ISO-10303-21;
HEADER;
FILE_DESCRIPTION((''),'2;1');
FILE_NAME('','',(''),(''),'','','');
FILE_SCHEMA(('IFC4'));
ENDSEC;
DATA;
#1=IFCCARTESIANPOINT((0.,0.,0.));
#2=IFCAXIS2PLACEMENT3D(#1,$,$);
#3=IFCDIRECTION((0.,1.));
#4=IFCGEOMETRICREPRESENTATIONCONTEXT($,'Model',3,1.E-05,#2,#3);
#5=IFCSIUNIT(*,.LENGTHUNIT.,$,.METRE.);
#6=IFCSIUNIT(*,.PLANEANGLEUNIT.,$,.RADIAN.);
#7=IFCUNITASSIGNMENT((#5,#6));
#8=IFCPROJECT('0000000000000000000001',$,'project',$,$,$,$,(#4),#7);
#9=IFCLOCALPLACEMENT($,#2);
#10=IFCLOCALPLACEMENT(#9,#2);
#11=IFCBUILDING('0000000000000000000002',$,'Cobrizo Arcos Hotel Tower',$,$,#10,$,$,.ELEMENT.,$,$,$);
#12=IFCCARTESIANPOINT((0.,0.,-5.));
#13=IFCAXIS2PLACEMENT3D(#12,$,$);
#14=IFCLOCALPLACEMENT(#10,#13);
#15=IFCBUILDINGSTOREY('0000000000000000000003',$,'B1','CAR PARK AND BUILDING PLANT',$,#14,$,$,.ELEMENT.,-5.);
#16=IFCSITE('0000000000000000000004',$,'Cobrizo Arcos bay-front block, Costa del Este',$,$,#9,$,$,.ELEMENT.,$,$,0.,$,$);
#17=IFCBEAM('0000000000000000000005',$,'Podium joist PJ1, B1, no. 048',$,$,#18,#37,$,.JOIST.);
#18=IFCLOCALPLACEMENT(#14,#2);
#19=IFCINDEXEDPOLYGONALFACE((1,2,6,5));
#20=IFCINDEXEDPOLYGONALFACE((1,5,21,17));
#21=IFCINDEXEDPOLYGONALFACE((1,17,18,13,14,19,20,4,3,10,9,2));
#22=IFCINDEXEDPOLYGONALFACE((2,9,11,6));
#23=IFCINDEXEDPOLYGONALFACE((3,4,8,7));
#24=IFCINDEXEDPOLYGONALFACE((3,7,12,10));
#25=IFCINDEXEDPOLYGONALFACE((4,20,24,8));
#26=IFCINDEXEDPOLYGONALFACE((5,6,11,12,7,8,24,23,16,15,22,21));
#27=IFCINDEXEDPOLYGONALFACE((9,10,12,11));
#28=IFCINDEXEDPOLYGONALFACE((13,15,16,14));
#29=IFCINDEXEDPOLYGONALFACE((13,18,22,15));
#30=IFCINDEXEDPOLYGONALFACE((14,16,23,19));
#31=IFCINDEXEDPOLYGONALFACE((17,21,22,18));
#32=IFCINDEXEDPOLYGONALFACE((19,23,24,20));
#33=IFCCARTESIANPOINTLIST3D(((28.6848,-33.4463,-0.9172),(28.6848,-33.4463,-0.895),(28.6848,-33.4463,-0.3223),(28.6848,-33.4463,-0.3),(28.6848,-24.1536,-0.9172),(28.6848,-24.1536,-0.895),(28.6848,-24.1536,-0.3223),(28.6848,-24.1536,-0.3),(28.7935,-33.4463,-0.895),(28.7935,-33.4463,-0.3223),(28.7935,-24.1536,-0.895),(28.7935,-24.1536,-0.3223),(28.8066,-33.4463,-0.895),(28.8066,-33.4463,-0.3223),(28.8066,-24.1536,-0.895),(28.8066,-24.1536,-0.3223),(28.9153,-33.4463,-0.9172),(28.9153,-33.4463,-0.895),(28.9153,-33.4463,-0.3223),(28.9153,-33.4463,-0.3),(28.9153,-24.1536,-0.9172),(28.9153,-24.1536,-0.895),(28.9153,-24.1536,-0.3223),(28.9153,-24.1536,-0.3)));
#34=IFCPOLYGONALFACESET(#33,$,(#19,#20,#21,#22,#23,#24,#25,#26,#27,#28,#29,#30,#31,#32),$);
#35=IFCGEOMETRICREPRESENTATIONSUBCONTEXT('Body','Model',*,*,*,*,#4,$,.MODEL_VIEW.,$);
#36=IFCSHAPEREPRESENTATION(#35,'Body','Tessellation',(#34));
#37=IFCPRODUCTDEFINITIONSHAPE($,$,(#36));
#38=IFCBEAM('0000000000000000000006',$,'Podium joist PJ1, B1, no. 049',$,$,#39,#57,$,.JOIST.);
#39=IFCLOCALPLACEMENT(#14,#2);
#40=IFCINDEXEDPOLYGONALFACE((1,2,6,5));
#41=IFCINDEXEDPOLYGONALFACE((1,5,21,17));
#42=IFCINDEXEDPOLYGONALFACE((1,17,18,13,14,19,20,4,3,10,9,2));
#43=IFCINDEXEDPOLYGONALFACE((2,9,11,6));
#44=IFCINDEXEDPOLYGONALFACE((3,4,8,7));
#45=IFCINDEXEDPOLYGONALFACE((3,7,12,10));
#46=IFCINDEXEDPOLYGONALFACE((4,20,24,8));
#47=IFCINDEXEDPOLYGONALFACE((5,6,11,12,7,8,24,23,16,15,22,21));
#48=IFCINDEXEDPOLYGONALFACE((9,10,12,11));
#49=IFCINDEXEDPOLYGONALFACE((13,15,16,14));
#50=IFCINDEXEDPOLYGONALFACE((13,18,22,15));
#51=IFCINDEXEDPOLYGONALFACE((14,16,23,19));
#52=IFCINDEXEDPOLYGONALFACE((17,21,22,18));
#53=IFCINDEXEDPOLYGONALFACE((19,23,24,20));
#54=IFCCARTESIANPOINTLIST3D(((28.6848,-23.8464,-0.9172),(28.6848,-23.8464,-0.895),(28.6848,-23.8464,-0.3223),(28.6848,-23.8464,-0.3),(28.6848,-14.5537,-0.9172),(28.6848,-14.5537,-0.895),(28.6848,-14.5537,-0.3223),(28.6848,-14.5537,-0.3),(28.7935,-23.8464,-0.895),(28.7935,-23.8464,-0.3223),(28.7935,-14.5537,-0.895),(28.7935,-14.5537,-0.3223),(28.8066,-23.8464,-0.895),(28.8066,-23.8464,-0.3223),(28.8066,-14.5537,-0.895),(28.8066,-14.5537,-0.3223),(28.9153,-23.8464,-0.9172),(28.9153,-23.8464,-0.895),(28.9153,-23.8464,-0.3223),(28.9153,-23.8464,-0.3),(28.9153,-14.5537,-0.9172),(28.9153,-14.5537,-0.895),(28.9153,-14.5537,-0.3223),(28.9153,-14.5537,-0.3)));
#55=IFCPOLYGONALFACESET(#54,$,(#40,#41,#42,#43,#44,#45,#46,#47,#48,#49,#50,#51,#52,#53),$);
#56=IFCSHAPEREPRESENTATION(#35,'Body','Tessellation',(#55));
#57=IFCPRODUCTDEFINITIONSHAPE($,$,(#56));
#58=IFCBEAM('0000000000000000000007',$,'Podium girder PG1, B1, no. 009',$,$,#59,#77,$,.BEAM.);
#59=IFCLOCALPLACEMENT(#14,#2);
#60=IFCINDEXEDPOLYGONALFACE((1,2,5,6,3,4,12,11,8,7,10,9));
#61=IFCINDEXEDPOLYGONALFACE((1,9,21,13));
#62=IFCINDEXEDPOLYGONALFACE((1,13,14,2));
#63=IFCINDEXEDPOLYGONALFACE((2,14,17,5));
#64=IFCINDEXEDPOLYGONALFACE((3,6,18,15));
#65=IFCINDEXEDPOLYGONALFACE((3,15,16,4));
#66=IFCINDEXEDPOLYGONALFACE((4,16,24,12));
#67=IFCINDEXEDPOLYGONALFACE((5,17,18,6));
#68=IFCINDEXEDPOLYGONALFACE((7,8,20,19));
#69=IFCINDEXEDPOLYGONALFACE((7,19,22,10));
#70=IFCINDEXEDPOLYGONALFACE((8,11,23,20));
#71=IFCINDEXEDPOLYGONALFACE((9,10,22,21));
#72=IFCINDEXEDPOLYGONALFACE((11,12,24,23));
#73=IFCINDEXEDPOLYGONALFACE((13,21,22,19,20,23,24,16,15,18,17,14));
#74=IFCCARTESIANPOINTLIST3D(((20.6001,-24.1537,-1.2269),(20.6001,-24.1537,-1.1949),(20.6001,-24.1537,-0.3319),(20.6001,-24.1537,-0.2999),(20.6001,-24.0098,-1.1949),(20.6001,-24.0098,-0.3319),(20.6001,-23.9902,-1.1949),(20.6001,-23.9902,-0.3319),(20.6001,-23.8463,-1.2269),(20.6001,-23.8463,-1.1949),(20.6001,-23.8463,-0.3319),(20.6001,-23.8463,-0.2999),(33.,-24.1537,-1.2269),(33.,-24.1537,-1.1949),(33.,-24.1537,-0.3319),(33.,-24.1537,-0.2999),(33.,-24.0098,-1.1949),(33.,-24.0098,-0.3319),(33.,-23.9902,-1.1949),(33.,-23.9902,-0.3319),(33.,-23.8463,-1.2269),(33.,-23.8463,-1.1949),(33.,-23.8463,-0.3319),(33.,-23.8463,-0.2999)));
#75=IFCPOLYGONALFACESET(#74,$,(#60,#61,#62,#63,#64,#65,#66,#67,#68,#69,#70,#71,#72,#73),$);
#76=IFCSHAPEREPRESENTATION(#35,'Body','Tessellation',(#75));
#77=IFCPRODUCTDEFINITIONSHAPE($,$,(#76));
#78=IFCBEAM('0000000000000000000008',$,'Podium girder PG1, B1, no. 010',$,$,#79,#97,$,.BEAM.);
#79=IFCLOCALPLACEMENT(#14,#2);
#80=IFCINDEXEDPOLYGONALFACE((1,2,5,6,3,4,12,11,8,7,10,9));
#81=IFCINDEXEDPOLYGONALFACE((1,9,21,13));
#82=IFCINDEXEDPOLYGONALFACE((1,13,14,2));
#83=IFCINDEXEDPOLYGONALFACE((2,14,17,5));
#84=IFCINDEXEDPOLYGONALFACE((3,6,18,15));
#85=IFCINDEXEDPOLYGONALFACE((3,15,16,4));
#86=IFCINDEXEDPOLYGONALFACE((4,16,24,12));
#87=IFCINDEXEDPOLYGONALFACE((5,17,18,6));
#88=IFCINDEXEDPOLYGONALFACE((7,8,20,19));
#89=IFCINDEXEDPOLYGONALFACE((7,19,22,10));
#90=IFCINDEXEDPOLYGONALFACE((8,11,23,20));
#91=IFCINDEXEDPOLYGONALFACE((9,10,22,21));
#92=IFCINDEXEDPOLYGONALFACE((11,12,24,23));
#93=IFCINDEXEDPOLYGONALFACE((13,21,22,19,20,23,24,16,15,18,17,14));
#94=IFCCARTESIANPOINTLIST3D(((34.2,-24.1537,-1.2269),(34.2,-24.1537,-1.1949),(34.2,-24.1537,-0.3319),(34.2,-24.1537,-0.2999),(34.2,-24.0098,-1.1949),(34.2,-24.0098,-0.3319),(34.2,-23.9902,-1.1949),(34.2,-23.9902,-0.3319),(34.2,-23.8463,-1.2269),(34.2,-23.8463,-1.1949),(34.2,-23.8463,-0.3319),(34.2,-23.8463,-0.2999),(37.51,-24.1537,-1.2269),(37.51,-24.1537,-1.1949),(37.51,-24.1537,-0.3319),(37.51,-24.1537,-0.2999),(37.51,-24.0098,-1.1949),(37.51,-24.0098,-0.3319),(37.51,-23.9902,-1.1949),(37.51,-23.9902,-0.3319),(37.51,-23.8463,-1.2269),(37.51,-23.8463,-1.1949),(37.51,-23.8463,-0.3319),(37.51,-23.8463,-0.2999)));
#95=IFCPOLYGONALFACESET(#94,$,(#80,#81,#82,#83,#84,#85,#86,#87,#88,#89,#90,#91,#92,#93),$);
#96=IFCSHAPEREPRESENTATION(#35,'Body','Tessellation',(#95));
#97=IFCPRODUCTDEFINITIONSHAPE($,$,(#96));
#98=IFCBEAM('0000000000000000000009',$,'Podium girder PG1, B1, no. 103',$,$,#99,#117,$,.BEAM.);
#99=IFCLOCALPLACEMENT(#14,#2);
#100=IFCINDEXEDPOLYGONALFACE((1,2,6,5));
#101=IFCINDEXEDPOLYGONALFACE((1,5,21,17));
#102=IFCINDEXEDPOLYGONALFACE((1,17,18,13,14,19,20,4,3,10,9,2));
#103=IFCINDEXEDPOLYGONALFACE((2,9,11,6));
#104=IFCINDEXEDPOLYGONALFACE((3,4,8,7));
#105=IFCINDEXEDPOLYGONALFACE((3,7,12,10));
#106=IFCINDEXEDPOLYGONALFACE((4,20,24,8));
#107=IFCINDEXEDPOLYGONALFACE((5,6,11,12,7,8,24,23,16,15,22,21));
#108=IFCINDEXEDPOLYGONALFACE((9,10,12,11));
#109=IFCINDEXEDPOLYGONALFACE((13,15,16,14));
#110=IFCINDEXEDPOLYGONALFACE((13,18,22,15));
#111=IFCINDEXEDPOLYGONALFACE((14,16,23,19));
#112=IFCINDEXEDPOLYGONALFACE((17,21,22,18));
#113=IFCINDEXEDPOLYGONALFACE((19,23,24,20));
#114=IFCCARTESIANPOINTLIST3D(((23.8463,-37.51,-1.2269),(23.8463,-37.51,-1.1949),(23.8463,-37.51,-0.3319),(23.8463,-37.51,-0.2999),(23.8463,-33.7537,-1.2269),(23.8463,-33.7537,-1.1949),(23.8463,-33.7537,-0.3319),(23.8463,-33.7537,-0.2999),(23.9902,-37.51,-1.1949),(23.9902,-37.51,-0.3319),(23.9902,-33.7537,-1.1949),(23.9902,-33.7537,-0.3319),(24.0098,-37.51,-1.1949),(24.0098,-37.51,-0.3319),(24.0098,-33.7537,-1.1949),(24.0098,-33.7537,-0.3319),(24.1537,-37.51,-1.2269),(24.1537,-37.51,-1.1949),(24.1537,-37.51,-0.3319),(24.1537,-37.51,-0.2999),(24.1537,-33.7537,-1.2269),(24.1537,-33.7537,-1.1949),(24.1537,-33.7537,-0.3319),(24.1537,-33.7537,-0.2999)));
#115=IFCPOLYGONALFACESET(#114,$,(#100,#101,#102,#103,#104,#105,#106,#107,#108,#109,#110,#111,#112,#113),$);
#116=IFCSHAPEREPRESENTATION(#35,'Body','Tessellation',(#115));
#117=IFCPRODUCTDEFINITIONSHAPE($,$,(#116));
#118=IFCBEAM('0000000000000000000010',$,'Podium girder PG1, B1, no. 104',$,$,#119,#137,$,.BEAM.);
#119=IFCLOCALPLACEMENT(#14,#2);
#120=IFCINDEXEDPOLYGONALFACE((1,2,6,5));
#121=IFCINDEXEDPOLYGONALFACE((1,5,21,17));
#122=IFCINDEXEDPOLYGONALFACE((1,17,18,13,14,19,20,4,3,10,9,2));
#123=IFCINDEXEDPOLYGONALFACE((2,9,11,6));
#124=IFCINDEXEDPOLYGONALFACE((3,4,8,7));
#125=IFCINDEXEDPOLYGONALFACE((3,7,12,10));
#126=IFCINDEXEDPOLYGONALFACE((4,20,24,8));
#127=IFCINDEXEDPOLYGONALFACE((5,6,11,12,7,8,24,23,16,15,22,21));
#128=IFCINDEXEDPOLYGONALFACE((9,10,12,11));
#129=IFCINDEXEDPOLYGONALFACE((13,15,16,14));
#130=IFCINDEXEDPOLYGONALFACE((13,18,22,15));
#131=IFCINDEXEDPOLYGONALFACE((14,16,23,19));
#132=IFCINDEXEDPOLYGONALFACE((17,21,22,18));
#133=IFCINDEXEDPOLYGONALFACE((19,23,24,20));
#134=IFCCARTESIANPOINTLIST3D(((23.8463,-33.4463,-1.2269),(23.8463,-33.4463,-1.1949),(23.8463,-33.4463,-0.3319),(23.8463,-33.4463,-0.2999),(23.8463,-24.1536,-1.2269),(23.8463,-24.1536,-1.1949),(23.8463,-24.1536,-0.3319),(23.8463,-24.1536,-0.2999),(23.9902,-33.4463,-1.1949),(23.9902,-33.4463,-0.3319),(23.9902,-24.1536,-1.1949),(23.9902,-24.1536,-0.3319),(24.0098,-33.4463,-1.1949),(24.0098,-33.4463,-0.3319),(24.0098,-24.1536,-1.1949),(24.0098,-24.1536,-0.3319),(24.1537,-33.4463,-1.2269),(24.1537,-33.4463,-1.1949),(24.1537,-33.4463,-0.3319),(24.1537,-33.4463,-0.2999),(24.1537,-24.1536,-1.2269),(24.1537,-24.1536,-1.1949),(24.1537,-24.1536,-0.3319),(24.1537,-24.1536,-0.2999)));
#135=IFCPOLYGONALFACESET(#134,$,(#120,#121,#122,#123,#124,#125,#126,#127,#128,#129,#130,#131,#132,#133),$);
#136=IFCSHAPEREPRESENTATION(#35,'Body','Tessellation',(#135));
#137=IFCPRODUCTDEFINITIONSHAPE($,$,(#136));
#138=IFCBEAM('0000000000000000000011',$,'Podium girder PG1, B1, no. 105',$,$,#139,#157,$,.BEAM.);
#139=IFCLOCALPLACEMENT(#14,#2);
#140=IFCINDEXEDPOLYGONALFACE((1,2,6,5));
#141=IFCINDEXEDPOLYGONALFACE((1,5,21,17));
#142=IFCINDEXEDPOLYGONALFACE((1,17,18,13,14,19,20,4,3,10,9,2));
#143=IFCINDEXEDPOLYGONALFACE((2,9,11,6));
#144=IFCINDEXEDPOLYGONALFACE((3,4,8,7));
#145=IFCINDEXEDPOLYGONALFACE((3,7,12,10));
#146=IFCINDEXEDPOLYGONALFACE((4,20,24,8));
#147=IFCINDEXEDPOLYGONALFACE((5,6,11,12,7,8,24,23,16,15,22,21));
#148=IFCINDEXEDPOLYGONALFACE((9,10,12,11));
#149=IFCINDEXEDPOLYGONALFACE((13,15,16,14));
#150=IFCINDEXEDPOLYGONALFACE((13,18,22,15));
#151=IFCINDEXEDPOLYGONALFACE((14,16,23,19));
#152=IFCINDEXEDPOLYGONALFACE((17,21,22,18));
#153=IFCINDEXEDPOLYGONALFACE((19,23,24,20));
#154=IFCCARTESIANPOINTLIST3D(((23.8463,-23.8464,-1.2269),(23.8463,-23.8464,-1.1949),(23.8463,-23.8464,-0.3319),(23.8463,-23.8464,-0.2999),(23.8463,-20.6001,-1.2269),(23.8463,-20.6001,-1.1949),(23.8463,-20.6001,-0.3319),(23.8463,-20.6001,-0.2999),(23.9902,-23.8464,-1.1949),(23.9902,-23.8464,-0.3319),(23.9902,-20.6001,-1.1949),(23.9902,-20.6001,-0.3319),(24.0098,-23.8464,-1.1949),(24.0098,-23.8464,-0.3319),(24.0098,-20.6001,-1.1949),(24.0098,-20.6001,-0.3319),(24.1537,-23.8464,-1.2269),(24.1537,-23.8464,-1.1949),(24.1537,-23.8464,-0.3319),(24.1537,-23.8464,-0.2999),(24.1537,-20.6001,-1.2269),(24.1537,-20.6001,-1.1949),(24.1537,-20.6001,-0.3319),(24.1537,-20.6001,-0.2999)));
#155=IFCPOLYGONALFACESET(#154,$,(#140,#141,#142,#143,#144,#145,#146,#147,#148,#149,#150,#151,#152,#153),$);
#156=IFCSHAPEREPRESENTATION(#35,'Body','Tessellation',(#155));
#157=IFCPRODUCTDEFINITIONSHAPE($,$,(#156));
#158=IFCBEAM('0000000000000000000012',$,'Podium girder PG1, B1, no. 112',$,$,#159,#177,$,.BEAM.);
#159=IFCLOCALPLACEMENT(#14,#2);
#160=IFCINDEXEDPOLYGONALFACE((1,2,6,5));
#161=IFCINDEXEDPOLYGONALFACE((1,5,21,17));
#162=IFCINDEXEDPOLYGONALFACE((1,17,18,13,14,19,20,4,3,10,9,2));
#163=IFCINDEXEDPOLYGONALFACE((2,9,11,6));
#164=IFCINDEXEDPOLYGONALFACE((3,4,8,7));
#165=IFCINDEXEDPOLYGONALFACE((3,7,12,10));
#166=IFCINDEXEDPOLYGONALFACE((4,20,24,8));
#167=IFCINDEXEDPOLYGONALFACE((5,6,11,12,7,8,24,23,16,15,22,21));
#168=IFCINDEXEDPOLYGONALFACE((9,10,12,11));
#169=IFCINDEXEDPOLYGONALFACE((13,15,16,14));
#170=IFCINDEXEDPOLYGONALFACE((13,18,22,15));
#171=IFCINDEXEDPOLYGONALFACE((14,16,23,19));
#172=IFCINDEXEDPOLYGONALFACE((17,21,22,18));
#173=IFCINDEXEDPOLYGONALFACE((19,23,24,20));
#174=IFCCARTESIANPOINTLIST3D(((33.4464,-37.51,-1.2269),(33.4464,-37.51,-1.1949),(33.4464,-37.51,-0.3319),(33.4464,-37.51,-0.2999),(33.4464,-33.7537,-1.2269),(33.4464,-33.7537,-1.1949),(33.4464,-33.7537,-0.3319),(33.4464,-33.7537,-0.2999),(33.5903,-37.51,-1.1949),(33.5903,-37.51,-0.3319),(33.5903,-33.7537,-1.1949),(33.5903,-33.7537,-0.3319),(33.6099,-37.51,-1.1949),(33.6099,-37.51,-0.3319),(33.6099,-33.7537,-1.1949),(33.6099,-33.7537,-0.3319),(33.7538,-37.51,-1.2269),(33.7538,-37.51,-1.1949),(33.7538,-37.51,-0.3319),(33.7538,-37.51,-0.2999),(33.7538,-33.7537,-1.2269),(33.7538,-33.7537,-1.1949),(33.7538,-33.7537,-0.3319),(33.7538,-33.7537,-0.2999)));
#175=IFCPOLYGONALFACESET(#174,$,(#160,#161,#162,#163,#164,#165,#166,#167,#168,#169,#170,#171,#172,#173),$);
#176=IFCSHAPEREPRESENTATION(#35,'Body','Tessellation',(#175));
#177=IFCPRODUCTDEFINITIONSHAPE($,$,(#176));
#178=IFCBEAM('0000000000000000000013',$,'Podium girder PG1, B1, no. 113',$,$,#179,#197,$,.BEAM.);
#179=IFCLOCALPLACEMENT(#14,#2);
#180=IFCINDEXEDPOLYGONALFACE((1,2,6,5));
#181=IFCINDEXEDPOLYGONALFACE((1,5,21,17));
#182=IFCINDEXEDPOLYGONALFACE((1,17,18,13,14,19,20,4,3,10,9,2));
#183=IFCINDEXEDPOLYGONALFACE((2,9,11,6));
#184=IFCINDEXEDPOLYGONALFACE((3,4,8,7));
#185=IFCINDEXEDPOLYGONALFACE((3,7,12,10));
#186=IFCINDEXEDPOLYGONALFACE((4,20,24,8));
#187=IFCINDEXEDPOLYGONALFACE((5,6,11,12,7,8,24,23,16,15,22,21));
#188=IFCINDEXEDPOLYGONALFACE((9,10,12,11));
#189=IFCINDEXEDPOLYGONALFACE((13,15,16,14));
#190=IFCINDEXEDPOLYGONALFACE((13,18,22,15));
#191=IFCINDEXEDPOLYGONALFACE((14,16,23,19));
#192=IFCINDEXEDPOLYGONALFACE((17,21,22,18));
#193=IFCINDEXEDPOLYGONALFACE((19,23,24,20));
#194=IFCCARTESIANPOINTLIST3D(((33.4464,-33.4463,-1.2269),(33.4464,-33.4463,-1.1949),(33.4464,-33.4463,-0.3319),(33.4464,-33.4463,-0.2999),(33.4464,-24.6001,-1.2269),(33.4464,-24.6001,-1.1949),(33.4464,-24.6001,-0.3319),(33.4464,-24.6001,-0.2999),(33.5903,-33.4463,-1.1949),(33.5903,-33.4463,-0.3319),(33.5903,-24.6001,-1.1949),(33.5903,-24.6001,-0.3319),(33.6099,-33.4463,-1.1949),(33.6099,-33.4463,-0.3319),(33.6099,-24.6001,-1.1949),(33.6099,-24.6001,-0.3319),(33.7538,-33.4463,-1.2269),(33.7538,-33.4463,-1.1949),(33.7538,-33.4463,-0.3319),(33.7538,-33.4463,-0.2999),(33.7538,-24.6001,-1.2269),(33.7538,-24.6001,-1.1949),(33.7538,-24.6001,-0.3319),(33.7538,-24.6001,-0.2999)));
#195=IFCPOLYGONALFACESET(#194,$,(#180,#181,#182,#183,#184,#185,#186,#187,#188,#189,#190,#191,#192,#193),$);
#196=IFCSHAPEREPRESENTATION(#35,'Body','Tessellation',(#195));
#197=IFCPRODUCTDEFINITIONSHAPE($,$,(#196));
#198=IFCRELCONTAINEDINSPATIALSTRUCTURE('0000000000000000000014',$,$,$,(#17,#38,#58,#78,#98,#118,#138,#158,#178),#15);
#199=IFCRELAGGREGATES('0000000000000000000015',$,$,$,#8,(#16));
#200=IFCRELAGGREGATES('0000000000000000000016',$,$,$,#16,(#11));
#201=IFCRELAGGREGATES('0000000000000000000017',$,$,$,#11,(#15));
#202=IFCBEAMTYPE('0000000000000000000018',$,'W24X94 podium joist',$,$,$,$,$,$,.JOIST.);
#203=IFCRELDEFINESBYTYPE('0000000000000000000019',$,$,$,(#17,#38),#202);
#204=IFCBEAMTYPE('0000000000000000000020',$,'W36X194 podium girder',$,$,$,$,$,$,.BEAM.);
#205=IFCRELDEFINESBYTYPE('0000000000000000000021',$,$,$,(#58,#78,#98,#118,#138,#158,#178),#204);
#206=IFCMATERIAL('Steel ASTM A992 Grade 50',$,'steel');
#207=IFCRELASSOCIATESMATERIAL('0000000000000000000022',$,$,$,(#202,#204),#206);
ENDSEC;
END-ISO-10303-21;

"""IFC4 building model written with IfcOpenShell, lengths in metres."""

from ifc_helpers import new_model, si_unit, direction, frame, origin, origin_2d, place, context, subcontext, project, spatial, i_section, extrude, material, material_profile, profile_set, type_object, element, save


model = new_model("IFC4")

# Units and contexts
model_context = context("Model", 3, precision=1e-05, world=origin(), true_north=direction((0.0, 1.0)))
body_context = subcontext(model_context, "Body", "Model", "MODEL_VIEW")
ifc_project = project(units=[si_unit("LENGTHUNIT", "METRE"), si_unit("PLANEANGLEUNIT", "RADIAN")], contexts=[model_context])

# Site, building, storey
site_placement = place(None, origin())
site = spatial("IfcSite", under=ifc_project, at=site_placement, Name="Cobrizo Arcos bay-front block, Costa del Este", CompositionType="ELEMENT", RefElevation=0.0)
building_placement = place(site_placement, origin())
building = spatial("IfcBuilding", under=site, at=building_placement, Name="Cobrizo Arcos Hotel Tower", CompositionType="ELEMENT")
storey_placement = place(building_placement, frame((0.0, 0.0, -5.0)))
storey = spatial("IfcBuildingStorey", under=building, at=storey_placement, Name="B1", Description="CAR PARK AND BUILDING PLANT", CompositionType="ELEMENT", Elevation=-5.0)

# Beams
ifc_material_1 = material(Name="Steel ASTM A992 Grade 50", Category="steel")
ifc_material_profile_1 = material_profile(ifc_material_1, i_section(OverallWidth=0.2305, OverallDepth=0.6172, WebThickness=0.0132, FlangeThickness=0.0222, at=origin_2d()), Name="W24X94")
ifc_profile_set_1 = profile_set([ifc_material_profile_1], Name="Steel ASTM A992 Grade 50")
beam_type_1 = type_object("IfcBeamType", Name="W24X94 podium joist", PredefinedType="JOIST", material=ifc_profile_set_1)
for number, where, z_axis, x_axis, name in (
    (1, (28.8, -33.4463, -0.6086), (0.0, 1.0, 0.0), (-1.0, 0.0, 0.0), "Podium joist PJ1, B1, no. 048"),
    (2, (28.8, -23.8464, -0.6086), (0.0, 1.0, 0.0), (-1.0, 0.0, 0.0), "Podium joist PJ1, B1, no. 049"),
):
    element("IfcBeam", number, at=place(storey_placement, frame(where, z_axis=z_axis, x_axis=x_axis)), inside=storey, type_object=beam_type_1, Name=name, PredefinedType="JOIST", context=body_context, shape_type="SweptSolid", body=[
        extrude(i_section(OverallWidth=0.2305, OverallDepth=0.6172, WebThickness=0.0132, FlangeThickness=0.0222, at=origin_2d()), origin(), (0.0, 0.0, 1.0), 9.2927),
    ])
ifc_material_profile_2 = material_profile(ifc_material_1, i_section(OverallWidth=0.3074, OverallDepth=0.927, WebThickness=0.0195, FlangeThickness=0.032, at=origin_2d()), Name="W36X194")
ifc_profile_set_2 = profile_set([ifc_material_profile_2], Name="Steel ASTM A992 Grade 50")
beam_type_2 = type_object("IfcBeamType", Name="W36X194 podium girder", PredefinedType="BEAM", material=ifc_profile_set_2)
beam_1_placement = place(storey_placement, frame((20.6001, -24.0, -0.7634), z_axis=(1.0, 0.0, 0.0), x_axis=(0.0, 1.0, 0.0)))
element("IfcBeam", 3, at=beam_1_placement, inside=storey, type_object=beam_type_2, Name="Podium girder PG1, B1, no. 009", PredefinedType="BEAM", context=body_context, shape_type="SweptSolid", body=[
    extrude(i_section(OverallWidth=0.3074, OverallDepth=0.927, WebThickness=0.0195, FlangeThickness=0.032, at=origin_2d()), origin(), (0.0, 0.0, 1.0), 12.3999),
])
beam_2_placement = place(storey_placement, frame((34.2, -24.0, -0.7634), z_axis=(1.0, 0.0, 0.0), x_axis=(0.0, 1.0, 0.0)))
element("IfcBeam", 4, at=beam_2_placement, inside=storey, type_object=beam_type_2, Name="Podium girder PG1, B1, no. 010", PredefinedType="BEAM", context=body_context, shape_type="SweptSolid", body=[
    extrude(i_section(OverallWidth=0.3074, OverallDepth=0.927, WebThickness=0.0195, FlangeThickness=0.032, at=origin_2d()), origin(), (0.0, 0.0, 1.0), 3.3101),
])
beam_3_placement = place(storey_placement, frame((24.0, -37.51, -0.7634), z_axis=(0.0, 1.0, 0.0), x_axis=(-1.0, 0.0, 0.0)))
element("IfcBeam", 5, at=beam_3_placement, inside=storey, type_object=beam_type_2, Name="Podium girder PG1, B1, no. 103", PredefinedType="BEAM", context=body_context, shape_type="SweptSolid", body=[
    extrude(i_section(OverallWidth=0.3074, OverallDepth=0.927, WebThickness=0.0195, FlangeThickness=0.032, at=origin_2d()), origin(), (0.0, 0.0, 1.0), 3.7563),
])
beam_4_placement = place(storey_placement, frame((24.0, -33.4463, -0.7634), z_axis=(0.0, 1.0, 0.0), x_axis=(-1.0, 0.0, 0.0)))
element("IfcBeam", 6, at=beam_4_placement, inside=storey, type_object=beam_type_2, Name="Podium girder PG1, B1, no. 104", PredefinedType="BEAM", context=body_context, shape_type="SweptSolid", body=[
    extrude(i_section(OverallWidth=0.3074, OverallDepth=0.927, WebThickness=0.0195, FlangeThickness=0.032, at=origin_2d()), origin(), (0.0, 0.0, 1.0), 9.2927),
])
beam_5_placement = place(storey_placement, frame((24.0, -23.8464, -0.7634), z_axis=(0.0, 1.0, 0.0), x_axis=(-1.0, 0.0, 0.0)))
element("IfcBeam", 7, at=beam_5_placement, inside=storey, type_object=beam_type_2, Name="Podium girder PG1, B1, no. 105", PredefinedType="BEAM", context=body_context, shape_type="SweptSolid", body=[
    extrude(i_section(OverallWidth=0.3074, OverallDepth=0.927, WebThickness=0.0195, FlangeThickness=0.032, at=origin_2d()), origin(), (0.0, 0.0, 1.0), 3.2463),
])
beam_6_placement = place(storey_placement, frame((33.6001, -37.51, -0.7634), z_axis=(0.0, 1.0, 0.0), x_axis=(-1.0, 0.0, 0.0)))
element("IfcBeam", 8, at=beam_6_placement, inside=storey, type_object=beam_type_2, Name="Podium girder PG1, B1, no. 112", PredefinedType="BEAM", context=body_context, shape_type="SweptSolid", body=[
    extrude(i_section(OverallWidth=0.3074, OverallDepth=0.927, WebThickness=0.0195, FlangeThickness=0.032, at=origin_2d()), origin(), (0.0, 0.0, 1.0), 3.7563),
])
beam_7_placement = place(storey_placement, frame((33.6001, -33.4463, -0.7634), z_axis=(0.0, 1.0, 0.0), x_axis=(-1.0, 0.0, 0.0)))
element("IfcBeam", 9, at=beam_7_placement, inside=storey, type_object=beam_type_2, Name="Podium girder PG1, B1, no. 113", PredefinedType="BEAM", context=body_context, shape_type="SweptSolid", body=[
    extrude(i_section(OverallWidth=0.3074, OverallDepth=0.927, WebThickness=0.0195, FlangeThickness=0.032, at=origin_2d()), origin(), (0.0, 0.0, 1.0), 8.8462),
])

save(model, "model.ifc")
